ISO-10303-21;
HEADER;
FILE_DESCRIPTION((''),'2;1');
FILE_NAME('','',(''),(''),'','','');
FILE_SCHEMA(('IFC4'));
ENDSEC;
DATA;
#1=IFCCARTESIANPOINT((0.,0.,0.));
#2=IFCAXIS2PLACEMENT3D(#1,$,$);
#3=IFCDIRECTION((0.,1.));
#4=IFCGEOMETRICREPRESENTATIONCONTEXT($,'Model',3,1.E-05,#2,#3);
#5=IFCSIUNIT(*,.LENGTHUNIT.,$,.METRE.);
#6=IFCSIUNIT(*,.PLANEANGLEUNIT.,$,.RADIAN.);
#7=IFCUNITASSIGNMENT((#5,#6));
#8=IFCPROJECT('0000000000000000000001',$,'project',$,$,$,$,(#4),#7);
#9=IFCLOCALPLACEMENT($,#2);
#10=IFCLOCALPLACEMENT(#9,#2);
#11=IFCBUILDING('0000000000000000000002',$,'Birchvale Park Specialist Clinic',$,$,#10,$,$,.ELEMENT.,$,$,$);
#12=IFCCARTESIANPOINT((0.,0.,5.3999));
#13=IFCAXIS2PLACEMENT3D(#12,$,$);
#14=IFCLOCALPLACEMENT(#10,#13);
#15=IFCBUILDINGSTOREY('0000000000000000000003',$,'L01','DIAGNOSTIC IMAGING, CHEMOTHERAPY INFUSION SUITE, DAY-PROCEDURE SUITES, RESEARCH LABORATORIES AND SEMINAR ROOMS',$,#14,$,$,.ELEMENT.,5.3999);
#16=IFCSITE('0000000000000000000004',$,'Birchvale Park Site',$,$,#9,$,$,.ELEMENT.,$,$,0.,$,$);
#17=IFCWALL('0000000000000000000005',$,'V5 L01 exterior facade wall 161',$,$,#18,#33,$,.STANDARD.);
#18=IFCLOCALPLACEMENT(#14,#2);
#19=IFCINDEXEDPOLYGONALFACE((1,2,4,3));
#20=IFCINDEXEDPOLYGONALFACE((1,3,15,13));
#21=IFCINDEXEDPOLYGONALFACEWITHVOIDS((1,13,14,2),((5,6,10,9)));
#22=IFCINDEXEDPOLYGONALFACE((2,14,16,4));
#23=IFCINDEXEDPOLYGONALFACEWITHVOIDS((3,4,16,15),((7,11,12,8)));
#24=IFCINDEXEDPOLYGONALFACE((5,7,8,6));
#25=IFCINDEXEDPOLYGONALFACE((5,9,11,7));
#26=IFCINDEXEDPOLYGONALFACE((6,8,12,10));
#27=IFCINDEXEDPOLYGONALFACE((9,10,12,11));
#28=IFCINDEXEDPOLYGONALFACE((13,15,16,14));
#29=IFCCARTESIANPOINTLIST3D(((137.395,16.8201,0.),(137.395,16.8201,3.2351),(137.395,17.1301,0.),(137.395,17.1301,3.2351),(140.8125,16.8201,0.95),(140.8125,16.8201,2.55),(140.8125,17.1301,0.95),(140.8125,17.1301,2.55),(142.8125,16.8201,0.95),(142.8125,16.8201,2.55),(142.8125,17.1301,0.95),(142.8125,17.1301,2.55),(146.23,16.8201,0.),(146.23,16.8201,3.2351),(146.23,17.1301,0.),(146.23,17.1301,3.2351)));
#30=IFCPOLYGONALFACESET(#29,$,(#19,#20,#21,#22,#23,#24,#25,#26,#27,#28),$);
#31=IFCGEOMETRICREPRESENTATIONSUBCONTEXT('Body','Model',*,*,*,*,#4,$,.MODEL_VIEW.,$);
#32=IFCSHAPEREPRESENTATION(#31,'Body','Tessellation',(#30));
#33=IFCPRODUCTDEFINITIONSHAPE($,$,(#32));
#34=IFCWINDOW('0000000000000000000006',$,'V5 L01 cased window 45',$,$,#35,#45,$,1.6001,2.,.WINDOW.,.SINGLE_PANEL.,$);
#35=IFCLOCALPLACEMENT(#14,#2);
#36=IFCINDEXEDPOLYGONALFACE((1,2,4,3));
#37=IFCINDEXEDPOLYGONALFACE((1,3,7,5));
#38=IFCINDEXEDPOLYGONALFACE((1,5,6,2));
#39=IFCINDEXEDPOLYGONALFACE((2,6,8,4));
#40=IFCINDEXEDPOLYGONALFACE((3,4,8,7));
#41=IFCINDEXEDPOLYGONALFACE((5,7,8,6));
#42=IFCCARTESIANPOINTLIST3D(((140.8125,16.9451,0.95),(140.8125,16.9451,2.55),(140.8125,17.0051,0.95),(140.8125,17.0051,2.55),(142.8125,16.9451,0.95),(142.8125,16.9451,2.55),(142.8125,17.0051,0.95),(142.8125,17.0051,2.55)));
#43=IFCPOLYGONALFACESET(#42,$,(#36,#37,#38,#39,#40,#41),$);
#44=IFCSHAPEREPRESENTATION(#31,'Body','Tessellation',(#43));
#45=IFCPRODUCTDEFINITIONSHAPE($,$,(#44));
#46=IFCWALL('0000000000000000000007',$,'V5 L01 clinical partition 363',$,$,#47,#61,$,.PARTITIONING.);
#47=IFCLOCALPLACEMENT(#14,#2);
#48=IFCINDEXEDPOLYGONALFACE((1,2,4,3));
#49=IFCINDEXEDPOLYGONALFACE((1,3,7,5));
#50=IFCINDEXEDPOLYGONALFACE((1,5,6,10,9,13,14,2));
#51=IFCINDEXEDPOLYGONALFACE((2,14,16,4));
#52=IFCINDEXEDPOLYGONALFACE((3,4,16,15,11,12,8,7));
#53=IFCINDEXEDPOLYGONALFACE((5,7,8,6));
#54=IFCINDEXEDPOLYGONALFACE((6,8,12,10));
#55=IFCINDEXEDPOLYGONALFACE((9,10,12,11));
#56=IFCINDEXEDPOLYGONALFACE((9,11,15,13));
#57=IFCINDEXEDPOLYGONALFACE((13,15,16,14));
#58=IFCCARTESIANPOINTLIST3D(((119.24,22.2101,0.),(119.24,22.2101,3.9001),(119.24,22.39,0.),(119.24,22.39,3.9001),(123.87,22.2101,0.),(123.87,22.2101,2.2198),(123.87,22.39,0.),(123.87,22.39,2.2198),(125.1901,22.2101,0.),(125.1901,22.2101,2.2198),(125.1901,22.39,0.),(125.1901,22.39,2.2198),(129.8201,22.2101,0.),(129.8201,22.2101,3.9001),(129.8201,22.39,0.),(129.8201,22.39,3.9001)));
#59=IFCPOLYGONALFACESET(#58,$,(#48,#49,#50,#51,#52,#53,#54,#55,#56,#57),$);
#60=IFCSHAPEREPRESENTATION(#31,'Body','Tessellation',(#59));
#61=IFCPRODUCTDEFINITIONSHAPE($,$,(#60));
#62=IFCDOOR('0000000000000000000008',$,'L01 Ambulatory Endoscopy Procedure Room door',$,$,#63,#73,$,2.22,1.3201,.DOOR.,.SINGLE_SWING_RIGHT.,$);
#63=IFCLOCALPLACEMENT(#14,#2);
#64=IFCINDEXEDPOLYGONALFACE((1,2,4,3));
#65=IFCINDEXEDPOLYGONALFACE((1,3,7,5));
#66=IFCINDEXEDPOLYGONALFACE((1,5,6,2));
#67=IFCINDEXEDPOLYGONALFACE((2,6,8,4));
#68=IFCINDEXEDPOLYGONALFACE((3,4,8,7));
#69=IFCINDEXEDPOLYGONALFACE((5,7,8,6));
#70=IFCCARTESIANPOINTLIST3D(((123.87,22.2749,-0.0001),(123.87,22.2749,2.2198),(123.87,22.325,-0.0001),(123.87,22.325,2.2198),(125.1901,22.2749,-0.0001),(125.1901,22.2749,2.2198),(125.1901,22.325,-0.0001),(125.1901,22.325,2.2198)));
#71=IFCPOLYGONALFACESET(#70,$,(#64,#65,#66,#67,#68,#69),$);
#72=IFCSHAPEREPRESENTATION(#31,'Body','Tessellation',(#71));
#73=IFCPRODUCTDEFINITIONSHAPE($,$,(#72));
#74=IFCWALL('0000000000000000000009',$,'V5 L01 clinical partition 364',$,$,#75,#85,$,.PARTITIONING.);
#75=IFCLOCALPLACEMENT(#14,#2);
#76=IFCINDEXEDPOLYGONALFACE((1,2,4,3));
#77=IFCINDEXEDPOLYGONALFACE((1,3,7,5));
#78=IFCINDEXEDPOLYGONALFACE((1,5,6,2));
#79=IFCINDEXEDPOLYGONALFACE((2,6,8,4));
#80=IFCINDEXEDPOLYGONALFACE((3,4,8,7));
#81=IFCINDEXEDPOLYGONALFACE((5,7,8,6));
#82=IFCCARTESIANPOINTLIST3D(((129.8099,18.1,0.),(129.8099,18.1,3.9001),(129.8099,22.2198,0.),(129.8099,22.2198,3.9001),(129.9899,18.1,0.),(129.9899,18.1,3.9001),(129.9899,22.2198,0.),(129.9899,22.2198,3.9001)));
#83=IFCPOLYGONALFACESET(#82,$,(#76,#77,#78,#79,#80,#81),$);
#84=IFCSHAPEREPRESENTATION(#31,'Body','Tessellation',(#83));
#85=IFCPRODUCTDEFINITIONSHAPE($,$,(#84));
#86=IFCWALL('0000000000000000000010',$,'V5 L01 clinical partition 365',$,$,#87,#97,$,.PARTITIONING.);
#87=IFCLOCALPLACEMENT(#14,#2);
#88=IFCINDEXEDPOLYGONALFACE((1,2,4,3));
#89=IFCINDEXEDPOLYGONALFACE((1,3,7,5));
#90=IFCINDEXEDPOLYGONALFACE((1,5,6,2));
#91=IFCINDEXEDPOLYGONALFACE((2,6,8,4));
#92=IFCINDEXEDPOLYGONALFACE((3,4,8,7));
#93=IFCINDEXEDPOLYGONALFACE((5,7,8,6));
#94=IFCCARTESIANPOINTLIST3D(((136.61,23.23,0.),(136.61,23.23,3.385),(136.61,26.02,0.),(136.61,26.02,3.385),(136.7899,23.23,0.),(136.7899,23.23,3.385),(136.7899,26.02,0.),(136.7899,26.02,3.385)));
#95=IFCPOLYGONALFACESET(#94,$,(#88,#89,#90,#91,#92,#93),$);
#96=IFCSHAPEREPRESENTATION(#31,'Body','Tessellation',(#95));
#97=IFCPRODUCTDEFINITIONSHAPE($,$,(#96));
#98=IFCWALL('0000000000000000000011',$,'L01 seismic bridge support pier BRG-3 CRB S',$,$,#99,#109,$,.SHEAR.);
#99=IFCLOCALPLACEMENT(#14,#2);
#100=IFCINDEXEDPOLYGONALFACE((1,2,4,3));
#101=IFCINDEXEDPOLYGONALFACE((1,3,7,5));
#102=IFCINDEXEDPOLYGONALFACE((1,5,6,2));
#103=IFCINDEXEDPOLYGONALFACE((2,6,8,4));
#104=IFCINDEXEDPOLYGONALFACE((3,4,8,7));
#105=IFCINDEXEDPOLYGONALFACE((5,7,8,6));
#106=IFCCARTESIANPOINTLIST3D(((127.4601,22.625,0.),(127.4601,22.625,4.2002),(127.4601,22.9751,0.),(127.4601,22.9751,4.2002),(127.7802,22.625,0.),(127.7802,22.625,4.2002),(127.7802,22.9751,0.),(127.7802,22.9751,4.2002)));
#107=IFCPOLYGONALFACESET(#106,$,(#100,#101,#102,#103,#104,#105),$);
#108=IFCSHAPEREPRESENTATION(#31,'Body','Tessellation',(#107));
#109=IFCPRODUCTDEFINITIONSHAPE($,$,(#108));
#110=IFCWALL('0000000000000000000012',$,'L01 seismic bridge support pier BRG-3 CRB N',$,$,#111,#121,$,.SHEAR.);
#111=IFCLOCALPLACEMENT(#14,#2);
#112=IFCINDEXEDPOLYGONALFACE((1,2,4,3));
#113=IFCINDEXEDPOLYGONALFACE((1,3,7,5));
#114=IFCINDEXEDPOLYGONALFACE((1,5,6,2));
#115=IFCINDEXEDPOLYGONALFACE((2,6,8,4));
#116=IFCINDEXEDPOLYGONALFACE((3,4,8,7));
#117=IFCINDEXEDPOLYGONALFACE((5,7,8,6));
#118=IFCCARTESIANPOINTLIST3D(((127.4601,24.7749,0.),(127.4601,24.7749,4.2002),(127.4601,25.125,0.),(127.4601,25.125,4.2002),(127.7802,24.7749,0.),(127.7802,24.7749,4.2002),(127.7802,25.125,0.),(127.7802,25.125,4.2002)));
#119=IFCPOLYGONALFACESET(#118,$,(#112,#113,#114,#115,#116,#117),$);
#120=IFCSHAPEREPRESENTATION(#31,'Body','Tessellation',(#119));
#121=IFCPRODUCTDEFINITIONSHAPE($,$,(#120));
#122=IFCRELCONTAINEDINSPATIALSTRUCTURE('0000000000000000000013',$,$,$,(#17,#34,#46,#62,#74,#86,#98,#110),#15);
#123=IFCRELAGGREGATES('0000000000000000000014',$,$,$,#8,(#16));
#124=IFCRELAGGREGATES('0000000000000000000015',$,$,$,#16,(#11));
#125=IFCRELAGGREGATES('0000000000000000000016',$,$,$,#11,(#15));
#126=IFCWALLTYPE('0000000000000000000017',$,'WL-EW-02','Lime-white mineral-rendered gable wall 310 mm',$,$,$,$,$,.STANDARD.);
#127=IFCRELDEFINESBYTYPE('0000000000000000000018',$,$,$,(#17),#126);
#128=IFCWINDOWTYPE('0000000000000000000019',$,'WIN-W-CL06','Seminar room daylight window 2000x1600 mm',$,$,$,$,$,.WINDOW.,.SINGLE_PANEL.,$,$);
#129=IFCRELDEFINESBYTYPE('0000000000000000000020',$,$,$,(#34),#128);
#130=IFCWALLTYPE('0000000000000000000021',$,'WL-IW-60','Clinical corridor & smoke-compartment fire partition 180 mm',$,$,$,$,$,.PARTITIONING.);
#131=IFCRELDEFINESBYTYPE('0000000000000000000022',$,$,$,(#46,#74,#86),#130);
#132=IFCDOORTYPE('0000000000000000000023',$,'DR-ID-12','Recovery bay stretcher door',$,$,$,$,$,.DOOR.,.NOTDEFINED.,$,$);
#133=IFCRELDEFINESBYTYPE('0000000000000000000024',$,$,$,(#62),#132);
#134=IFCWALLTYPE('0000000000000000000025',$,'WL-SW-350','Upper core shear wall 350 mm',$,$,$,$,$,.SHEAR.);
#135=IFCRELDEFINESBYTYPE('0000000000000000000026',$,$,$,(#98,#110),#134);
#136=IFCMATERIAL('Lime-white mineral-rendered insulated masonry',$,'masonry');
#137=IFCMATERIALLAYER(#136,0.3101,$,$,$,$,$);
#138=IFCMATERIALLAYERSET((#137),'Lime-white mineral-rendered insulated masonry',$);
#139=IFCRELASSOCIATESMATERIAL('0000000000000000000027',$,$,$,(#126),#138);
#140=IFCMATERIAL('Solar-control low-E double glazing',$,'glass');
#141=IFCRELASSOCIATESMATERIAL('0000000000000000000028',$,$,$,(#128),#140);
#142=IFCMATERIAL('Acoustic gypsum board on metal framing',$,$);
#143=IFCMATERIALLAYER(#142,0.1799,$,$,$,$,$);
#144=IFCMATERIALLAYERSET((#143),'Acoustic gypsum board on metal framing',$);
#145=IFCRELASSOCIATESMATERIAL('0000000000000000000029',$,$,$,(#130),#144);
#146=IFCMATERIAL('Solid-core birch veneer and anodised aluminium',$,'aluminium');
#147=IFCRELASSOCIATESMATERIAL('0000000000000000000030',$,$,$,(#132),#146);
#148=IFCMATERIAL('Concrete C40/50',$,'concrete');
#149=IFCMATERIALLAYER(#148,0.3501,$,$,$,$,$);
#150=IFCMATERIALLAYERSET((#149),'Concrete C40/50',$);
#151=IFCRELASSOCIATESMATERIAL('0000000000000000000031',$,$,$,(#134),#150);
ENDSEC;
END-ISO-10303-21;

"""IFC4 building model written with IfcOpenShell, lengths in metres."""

from ifc_helpers import new_model, si_unit, direction, frame, frame_2d, origin, place, context, subcontext, project, spatial, rectangle, extrude, material, layer, layer_set, type_object, element, fill, save


model = new_model("IFC4")

# Units and contexts
model_context = context("Model", 3, precision=1e-05, world=origin(), true_north=direction((0.0, 1.0)))
body_context = subcontext(model_context, "Body", "Model", "MODEL_VIEW")
ifc_project = project(units=[si_unit("LENGTHUNIT", "METRE"), si_unit("PLANEANGLEUNIT", "RADIAN")], contexts=[model_context])

# Site, building, storey
site_placement = place(None, origin())
site = spatial("IfcSite", under=ifc_project, at=site_placement, Name="Birchvale Park Site", CompositionType="ELEMENT", RefElevation=0.0)
building_placement = place(site_placement, origin())
building = spatial("IfcBuilding", under=site, at=building_placement, Name="Birchvale Park Specialist Clinic", CompositionType="ELEMENT")
storey_placement = place(building_placement, frame((0.0, 0.0, 5.3999)))
storey = spatial("IfcBuildingStorey", under=building, at=storey_placement, Name="L01", Description="DIAGNOSTIC IMAGING, CHEMOTHERAPY INFUSION SUITE, DAY-PROCEDURE SUITES, RESEARCH LABORATORIES AND SEMINAR ROOMS", CompositionType="ELEMENT", Elevation=5.3999)

# Shared definitions
ifc_material_1 = material(Name="Concrete C40/50", Category="concrete")

# Shared definitions
ifc_material_2 = material(Name="Solid-core birch veneer and anodised aluminium", Category="aluminium")

# Shared definitions
ifc_material_3 = material(Name="Lime-white mineral-rendered insulated masonry", Category="masonry")
ifc_layer_1 = layer(ifc_material_3, 0.3101)
ifc_layer_set_1 = layer_set([ifc_layer_1], Name="Lime-white mineral-rendered insulated masonry")
wall_type_1 = type_object("IfcWallType", Name="WL-EW-02", Description="Lime-white mineral-rendered gable wall 310 mm", PredefinedType="STANDARD", material=ifc_layer_set_1)
ifc_material_4 = material(Name="Solar-control low-E double glazing", Category="glass")

# Wall, opening, window
wall_1_placement = place(storey_placement, frame((137.395, 16.9751, 0.0), z_axis=(0.0, 0.0, 1.0), x_axis=(1.0, 0.0, 0.0)))
wall_1 = element("IfcWall", 1, at=wall_1_placement, inside=storey, type_object=wall_type_1, Name="V5 L01 exterior facade wall 161", PredefinedType="STANDARD", context=body_context, shape_type="SweptSolid", body=[
    extrude(rectangle(XDim=8.835, YDim=0.3101, at=frame_2d((4.4175, 0.0))), origin(), (0.0, 0.0, 1.0), 3.2351),
])
opening_1_placement = place(wall_1_placement, frame((3.4175, 0.0, 0.95)))
opening_1 = element("IfcOpeningElement", 2, at=opening_1_placement, cuts=wall_1, PredefinedType="OPENING", context=body_context, shape_type="SweptSolid", body=[
    extrude(rectangle(XDim=2.0, YDim=1.6001, at=frame_2d((1.0, 0.8))), frame((0.0, 0.165, 0.0), z_axis=(0.0, -1.0, 0.0), x_axis=(1.0, 0.0, 0.0)), (0.0, 0.0, 1.0), 0.3301),
])
window_type_1 = type_object("IfcWindowType", Name="WIN-W-CL06", Description="Seminar room daylight window 2000x1600 mm", PartitioningType="SINGLE_PANEL", PredefinedType="WINDOW", material=ifc_material_4)
window_1_placement = place(opening_1_placement, origin())
window_1 = element("IfcWindow", 3, at=window_1_placement, inside=storey, type_object=window_type_1, Name="V5 L01 cased window 45", OverallHeight=1.6001, OverallWidth=2.0, PartitioningType="SINGLE_PANEL", PredefinedType="WINDOW", context=body_context, shape_type="SweptSolid", body=[
    extrude(rectangle(XDim=2.0, YDim=1.6001, at=frame_2d((1.0, 0.8))), frame((0.0, 0.03, 0.0), z_axis=(0.0, -1.0, 0.0), x_axis=(1.0, 0.0, 0.0)), (0.0, 0.0, 1.0), 0.0601),
])
fill(opening_1, window_1)

# Wall, opening, door
ifc_material_5 = material(Name="Acoustic gypsum board on metal framing")
ifc_layer_2 = layer(ifc_material_5, 0.1799)
ifc_layer_set_2 = layer_set([ifc_layer_2], Name="Acoustic gypsum board on metal framing")
wall_type_2 = type_object("IfcWallType", Name="WL-IW-60", Description="Clinical corridor & smoke-compartment fire partition 180 mm", PredefinedType="PARTITIONING", material=ifc_layer_set_2)
wall_2_placement = place(storey_placement, frame((119.24, 22.3, 0.0), z_axis=(0.0, 0.0, 1.0), x_axis=(1.0, 0.0, 0.0)))
wall_2 = element("IfcWall", 4, at=wall_2_placement, inside=storey, type_object=wall_type_2, Name="V5 L01 clinical partition 363", PredefinedType="PARTITIONING", context=body_context, shape_type="SweptSolid", body=[
    extrude(rectangle(XDim=10.5801, YDim=0.1799, at=frame_2d((5.29, 0.0))), origin(), (0.0, 0.0, 1.0), 3.9001),
])
opening_2_placement = place(wall_2_placement, frame((4.6299, 0.0, 0.0)))
opening_2 = element("IfcOpeningElement", 5, at=opening_2_placement, cuts=wall_2, PredefinedType="OPENING", context=body_context, shape_type="SweptSolid", body=[
    extrude(rectangle(XDim=1.3201, YDim=2.22, at=frame_2d((0.6602, 1.1099))), frame((0.0, 0.1001, 0.0), z_axis=(0.0, -1.0, 0.0), x_axis=(1.0, 0.0, 0.0)), (0.0, 0.0, 1.0), 0.2),
])
door_type_1 = type_object("IfcDoorType", Name="DR-ID-12", Description="Recovery bay stretcher door", OperationType="NOTDEFINED", PredefinedType="DOOR", material=ifc_material_2)
door_1_placement = place(opening_2_placement, origin())
door_1 = element("IfcDoor", 6, at=door_1_placement, inside=storey, type_object=door_type_1, Name="L01 Ambulatory Endoscopy Procedure Room door", OperationType="SINGLE_SWING_RIGHT", OverallHeight=2.22, OverallWidth=1.3201, PredefinedType="DOOR", context=body_context, shape_type="SweptSolid", body=[
    extrude(rectangle(XDim=1.3201, YDim=2.22, at=frame_2d((0.6602, 1.1099))), frame((0.0, 0.0249, 0.0), z_axis=(0.0, -1.0, 0.0), x_axis=(1.0, 0.0, 0.0)), (0.0, 0.0, 1.0), 0.05),
])
fill(opening_2, door_1)

# Walls
wall_3_placement = place(storey_placement, frame((129.8999, 22.22, 0.0), z_axis=(0.0, 0.0, 1.0), x_axis=(0.0, -1.0, 0.0)))
element("IfcWall", 7, at=wall_3_placement, inside=storey, type_object=wall_type_2, Name="V5 L01 clinical partition 364", PredefinedType="PARTITIONING", context=body_context, shape_type="SweptSolid", body=[
    extrude(rectangle(XDim=4.1199, YDim=0.1799, at=frame_2d((2.0601, 0.0))), origin(), (0.0, 0.0, 1.0), 3.9001),
])
wall_4_placement = place(storey_placement, frame((136.7, 23.23, 0.0), z_axis=(0.0, 0.0, 1.0), x_axis=(0.0, 1.0, 0.0)))
element("IfcWall", 8, at=wall_4_placement, inside=storey, type_object=wall_type_2, Name="V5 L01 clinical partition 365", PredefinedType="PARTITIONING", context=body_context, shape_type="SweptSolid", body=[
    extrude(rectangle(XDim=2.79, YDim=0.1799, at=frame_2d((1.395, 0.0))), origin(), (0.0, 0.0, 1.0), 3.385),
])
ifc_layer_3 = layer(ifc_material_1, 0.3501)
ifc_layer_set_3 = layer_set([ifc_layer_3], Name="Concrete C40/50")
wall_type_3 = type_object("IfcWallType", Name="WL-SW-350", Description="Upper core shear wall 350 mm", PredefinedType="SHEAR", material=ifc_layer_set_3)
for number, where, z_axis, x_axis, name in (
    (9, (127.46, 22.8, 0.0), (0.0, 0.0, 1.0), (1.0, 0.0, 0.0), "L01 seismic bridge support pier BRG-3 CRB S"),
    (10, (127.46, 24.95, 0.0), (0.0, 0.0, 1.0), (1.0, 0.0, 0.0), "L01 seismic bridge support pier BRG-3 CRB N"),
):
    element("IfcWall", number, at=place(storey_placement, frame(where, z_axis=z_axis, x_axis=x_axis)), inside=storey, type_object=wall_type_3, Name=name, PredefinedType="SHEAR", context=body_context, shape_type="SweptSolid", body=[
        extrude(rectangle(XDim=0.3201, YDim=0.3501, at=frame_2d((0.1602, 0.0))), origin(), (0.0, 0.0, 1.0), 4.2002),
    ])

save(model, "model.ifc")
